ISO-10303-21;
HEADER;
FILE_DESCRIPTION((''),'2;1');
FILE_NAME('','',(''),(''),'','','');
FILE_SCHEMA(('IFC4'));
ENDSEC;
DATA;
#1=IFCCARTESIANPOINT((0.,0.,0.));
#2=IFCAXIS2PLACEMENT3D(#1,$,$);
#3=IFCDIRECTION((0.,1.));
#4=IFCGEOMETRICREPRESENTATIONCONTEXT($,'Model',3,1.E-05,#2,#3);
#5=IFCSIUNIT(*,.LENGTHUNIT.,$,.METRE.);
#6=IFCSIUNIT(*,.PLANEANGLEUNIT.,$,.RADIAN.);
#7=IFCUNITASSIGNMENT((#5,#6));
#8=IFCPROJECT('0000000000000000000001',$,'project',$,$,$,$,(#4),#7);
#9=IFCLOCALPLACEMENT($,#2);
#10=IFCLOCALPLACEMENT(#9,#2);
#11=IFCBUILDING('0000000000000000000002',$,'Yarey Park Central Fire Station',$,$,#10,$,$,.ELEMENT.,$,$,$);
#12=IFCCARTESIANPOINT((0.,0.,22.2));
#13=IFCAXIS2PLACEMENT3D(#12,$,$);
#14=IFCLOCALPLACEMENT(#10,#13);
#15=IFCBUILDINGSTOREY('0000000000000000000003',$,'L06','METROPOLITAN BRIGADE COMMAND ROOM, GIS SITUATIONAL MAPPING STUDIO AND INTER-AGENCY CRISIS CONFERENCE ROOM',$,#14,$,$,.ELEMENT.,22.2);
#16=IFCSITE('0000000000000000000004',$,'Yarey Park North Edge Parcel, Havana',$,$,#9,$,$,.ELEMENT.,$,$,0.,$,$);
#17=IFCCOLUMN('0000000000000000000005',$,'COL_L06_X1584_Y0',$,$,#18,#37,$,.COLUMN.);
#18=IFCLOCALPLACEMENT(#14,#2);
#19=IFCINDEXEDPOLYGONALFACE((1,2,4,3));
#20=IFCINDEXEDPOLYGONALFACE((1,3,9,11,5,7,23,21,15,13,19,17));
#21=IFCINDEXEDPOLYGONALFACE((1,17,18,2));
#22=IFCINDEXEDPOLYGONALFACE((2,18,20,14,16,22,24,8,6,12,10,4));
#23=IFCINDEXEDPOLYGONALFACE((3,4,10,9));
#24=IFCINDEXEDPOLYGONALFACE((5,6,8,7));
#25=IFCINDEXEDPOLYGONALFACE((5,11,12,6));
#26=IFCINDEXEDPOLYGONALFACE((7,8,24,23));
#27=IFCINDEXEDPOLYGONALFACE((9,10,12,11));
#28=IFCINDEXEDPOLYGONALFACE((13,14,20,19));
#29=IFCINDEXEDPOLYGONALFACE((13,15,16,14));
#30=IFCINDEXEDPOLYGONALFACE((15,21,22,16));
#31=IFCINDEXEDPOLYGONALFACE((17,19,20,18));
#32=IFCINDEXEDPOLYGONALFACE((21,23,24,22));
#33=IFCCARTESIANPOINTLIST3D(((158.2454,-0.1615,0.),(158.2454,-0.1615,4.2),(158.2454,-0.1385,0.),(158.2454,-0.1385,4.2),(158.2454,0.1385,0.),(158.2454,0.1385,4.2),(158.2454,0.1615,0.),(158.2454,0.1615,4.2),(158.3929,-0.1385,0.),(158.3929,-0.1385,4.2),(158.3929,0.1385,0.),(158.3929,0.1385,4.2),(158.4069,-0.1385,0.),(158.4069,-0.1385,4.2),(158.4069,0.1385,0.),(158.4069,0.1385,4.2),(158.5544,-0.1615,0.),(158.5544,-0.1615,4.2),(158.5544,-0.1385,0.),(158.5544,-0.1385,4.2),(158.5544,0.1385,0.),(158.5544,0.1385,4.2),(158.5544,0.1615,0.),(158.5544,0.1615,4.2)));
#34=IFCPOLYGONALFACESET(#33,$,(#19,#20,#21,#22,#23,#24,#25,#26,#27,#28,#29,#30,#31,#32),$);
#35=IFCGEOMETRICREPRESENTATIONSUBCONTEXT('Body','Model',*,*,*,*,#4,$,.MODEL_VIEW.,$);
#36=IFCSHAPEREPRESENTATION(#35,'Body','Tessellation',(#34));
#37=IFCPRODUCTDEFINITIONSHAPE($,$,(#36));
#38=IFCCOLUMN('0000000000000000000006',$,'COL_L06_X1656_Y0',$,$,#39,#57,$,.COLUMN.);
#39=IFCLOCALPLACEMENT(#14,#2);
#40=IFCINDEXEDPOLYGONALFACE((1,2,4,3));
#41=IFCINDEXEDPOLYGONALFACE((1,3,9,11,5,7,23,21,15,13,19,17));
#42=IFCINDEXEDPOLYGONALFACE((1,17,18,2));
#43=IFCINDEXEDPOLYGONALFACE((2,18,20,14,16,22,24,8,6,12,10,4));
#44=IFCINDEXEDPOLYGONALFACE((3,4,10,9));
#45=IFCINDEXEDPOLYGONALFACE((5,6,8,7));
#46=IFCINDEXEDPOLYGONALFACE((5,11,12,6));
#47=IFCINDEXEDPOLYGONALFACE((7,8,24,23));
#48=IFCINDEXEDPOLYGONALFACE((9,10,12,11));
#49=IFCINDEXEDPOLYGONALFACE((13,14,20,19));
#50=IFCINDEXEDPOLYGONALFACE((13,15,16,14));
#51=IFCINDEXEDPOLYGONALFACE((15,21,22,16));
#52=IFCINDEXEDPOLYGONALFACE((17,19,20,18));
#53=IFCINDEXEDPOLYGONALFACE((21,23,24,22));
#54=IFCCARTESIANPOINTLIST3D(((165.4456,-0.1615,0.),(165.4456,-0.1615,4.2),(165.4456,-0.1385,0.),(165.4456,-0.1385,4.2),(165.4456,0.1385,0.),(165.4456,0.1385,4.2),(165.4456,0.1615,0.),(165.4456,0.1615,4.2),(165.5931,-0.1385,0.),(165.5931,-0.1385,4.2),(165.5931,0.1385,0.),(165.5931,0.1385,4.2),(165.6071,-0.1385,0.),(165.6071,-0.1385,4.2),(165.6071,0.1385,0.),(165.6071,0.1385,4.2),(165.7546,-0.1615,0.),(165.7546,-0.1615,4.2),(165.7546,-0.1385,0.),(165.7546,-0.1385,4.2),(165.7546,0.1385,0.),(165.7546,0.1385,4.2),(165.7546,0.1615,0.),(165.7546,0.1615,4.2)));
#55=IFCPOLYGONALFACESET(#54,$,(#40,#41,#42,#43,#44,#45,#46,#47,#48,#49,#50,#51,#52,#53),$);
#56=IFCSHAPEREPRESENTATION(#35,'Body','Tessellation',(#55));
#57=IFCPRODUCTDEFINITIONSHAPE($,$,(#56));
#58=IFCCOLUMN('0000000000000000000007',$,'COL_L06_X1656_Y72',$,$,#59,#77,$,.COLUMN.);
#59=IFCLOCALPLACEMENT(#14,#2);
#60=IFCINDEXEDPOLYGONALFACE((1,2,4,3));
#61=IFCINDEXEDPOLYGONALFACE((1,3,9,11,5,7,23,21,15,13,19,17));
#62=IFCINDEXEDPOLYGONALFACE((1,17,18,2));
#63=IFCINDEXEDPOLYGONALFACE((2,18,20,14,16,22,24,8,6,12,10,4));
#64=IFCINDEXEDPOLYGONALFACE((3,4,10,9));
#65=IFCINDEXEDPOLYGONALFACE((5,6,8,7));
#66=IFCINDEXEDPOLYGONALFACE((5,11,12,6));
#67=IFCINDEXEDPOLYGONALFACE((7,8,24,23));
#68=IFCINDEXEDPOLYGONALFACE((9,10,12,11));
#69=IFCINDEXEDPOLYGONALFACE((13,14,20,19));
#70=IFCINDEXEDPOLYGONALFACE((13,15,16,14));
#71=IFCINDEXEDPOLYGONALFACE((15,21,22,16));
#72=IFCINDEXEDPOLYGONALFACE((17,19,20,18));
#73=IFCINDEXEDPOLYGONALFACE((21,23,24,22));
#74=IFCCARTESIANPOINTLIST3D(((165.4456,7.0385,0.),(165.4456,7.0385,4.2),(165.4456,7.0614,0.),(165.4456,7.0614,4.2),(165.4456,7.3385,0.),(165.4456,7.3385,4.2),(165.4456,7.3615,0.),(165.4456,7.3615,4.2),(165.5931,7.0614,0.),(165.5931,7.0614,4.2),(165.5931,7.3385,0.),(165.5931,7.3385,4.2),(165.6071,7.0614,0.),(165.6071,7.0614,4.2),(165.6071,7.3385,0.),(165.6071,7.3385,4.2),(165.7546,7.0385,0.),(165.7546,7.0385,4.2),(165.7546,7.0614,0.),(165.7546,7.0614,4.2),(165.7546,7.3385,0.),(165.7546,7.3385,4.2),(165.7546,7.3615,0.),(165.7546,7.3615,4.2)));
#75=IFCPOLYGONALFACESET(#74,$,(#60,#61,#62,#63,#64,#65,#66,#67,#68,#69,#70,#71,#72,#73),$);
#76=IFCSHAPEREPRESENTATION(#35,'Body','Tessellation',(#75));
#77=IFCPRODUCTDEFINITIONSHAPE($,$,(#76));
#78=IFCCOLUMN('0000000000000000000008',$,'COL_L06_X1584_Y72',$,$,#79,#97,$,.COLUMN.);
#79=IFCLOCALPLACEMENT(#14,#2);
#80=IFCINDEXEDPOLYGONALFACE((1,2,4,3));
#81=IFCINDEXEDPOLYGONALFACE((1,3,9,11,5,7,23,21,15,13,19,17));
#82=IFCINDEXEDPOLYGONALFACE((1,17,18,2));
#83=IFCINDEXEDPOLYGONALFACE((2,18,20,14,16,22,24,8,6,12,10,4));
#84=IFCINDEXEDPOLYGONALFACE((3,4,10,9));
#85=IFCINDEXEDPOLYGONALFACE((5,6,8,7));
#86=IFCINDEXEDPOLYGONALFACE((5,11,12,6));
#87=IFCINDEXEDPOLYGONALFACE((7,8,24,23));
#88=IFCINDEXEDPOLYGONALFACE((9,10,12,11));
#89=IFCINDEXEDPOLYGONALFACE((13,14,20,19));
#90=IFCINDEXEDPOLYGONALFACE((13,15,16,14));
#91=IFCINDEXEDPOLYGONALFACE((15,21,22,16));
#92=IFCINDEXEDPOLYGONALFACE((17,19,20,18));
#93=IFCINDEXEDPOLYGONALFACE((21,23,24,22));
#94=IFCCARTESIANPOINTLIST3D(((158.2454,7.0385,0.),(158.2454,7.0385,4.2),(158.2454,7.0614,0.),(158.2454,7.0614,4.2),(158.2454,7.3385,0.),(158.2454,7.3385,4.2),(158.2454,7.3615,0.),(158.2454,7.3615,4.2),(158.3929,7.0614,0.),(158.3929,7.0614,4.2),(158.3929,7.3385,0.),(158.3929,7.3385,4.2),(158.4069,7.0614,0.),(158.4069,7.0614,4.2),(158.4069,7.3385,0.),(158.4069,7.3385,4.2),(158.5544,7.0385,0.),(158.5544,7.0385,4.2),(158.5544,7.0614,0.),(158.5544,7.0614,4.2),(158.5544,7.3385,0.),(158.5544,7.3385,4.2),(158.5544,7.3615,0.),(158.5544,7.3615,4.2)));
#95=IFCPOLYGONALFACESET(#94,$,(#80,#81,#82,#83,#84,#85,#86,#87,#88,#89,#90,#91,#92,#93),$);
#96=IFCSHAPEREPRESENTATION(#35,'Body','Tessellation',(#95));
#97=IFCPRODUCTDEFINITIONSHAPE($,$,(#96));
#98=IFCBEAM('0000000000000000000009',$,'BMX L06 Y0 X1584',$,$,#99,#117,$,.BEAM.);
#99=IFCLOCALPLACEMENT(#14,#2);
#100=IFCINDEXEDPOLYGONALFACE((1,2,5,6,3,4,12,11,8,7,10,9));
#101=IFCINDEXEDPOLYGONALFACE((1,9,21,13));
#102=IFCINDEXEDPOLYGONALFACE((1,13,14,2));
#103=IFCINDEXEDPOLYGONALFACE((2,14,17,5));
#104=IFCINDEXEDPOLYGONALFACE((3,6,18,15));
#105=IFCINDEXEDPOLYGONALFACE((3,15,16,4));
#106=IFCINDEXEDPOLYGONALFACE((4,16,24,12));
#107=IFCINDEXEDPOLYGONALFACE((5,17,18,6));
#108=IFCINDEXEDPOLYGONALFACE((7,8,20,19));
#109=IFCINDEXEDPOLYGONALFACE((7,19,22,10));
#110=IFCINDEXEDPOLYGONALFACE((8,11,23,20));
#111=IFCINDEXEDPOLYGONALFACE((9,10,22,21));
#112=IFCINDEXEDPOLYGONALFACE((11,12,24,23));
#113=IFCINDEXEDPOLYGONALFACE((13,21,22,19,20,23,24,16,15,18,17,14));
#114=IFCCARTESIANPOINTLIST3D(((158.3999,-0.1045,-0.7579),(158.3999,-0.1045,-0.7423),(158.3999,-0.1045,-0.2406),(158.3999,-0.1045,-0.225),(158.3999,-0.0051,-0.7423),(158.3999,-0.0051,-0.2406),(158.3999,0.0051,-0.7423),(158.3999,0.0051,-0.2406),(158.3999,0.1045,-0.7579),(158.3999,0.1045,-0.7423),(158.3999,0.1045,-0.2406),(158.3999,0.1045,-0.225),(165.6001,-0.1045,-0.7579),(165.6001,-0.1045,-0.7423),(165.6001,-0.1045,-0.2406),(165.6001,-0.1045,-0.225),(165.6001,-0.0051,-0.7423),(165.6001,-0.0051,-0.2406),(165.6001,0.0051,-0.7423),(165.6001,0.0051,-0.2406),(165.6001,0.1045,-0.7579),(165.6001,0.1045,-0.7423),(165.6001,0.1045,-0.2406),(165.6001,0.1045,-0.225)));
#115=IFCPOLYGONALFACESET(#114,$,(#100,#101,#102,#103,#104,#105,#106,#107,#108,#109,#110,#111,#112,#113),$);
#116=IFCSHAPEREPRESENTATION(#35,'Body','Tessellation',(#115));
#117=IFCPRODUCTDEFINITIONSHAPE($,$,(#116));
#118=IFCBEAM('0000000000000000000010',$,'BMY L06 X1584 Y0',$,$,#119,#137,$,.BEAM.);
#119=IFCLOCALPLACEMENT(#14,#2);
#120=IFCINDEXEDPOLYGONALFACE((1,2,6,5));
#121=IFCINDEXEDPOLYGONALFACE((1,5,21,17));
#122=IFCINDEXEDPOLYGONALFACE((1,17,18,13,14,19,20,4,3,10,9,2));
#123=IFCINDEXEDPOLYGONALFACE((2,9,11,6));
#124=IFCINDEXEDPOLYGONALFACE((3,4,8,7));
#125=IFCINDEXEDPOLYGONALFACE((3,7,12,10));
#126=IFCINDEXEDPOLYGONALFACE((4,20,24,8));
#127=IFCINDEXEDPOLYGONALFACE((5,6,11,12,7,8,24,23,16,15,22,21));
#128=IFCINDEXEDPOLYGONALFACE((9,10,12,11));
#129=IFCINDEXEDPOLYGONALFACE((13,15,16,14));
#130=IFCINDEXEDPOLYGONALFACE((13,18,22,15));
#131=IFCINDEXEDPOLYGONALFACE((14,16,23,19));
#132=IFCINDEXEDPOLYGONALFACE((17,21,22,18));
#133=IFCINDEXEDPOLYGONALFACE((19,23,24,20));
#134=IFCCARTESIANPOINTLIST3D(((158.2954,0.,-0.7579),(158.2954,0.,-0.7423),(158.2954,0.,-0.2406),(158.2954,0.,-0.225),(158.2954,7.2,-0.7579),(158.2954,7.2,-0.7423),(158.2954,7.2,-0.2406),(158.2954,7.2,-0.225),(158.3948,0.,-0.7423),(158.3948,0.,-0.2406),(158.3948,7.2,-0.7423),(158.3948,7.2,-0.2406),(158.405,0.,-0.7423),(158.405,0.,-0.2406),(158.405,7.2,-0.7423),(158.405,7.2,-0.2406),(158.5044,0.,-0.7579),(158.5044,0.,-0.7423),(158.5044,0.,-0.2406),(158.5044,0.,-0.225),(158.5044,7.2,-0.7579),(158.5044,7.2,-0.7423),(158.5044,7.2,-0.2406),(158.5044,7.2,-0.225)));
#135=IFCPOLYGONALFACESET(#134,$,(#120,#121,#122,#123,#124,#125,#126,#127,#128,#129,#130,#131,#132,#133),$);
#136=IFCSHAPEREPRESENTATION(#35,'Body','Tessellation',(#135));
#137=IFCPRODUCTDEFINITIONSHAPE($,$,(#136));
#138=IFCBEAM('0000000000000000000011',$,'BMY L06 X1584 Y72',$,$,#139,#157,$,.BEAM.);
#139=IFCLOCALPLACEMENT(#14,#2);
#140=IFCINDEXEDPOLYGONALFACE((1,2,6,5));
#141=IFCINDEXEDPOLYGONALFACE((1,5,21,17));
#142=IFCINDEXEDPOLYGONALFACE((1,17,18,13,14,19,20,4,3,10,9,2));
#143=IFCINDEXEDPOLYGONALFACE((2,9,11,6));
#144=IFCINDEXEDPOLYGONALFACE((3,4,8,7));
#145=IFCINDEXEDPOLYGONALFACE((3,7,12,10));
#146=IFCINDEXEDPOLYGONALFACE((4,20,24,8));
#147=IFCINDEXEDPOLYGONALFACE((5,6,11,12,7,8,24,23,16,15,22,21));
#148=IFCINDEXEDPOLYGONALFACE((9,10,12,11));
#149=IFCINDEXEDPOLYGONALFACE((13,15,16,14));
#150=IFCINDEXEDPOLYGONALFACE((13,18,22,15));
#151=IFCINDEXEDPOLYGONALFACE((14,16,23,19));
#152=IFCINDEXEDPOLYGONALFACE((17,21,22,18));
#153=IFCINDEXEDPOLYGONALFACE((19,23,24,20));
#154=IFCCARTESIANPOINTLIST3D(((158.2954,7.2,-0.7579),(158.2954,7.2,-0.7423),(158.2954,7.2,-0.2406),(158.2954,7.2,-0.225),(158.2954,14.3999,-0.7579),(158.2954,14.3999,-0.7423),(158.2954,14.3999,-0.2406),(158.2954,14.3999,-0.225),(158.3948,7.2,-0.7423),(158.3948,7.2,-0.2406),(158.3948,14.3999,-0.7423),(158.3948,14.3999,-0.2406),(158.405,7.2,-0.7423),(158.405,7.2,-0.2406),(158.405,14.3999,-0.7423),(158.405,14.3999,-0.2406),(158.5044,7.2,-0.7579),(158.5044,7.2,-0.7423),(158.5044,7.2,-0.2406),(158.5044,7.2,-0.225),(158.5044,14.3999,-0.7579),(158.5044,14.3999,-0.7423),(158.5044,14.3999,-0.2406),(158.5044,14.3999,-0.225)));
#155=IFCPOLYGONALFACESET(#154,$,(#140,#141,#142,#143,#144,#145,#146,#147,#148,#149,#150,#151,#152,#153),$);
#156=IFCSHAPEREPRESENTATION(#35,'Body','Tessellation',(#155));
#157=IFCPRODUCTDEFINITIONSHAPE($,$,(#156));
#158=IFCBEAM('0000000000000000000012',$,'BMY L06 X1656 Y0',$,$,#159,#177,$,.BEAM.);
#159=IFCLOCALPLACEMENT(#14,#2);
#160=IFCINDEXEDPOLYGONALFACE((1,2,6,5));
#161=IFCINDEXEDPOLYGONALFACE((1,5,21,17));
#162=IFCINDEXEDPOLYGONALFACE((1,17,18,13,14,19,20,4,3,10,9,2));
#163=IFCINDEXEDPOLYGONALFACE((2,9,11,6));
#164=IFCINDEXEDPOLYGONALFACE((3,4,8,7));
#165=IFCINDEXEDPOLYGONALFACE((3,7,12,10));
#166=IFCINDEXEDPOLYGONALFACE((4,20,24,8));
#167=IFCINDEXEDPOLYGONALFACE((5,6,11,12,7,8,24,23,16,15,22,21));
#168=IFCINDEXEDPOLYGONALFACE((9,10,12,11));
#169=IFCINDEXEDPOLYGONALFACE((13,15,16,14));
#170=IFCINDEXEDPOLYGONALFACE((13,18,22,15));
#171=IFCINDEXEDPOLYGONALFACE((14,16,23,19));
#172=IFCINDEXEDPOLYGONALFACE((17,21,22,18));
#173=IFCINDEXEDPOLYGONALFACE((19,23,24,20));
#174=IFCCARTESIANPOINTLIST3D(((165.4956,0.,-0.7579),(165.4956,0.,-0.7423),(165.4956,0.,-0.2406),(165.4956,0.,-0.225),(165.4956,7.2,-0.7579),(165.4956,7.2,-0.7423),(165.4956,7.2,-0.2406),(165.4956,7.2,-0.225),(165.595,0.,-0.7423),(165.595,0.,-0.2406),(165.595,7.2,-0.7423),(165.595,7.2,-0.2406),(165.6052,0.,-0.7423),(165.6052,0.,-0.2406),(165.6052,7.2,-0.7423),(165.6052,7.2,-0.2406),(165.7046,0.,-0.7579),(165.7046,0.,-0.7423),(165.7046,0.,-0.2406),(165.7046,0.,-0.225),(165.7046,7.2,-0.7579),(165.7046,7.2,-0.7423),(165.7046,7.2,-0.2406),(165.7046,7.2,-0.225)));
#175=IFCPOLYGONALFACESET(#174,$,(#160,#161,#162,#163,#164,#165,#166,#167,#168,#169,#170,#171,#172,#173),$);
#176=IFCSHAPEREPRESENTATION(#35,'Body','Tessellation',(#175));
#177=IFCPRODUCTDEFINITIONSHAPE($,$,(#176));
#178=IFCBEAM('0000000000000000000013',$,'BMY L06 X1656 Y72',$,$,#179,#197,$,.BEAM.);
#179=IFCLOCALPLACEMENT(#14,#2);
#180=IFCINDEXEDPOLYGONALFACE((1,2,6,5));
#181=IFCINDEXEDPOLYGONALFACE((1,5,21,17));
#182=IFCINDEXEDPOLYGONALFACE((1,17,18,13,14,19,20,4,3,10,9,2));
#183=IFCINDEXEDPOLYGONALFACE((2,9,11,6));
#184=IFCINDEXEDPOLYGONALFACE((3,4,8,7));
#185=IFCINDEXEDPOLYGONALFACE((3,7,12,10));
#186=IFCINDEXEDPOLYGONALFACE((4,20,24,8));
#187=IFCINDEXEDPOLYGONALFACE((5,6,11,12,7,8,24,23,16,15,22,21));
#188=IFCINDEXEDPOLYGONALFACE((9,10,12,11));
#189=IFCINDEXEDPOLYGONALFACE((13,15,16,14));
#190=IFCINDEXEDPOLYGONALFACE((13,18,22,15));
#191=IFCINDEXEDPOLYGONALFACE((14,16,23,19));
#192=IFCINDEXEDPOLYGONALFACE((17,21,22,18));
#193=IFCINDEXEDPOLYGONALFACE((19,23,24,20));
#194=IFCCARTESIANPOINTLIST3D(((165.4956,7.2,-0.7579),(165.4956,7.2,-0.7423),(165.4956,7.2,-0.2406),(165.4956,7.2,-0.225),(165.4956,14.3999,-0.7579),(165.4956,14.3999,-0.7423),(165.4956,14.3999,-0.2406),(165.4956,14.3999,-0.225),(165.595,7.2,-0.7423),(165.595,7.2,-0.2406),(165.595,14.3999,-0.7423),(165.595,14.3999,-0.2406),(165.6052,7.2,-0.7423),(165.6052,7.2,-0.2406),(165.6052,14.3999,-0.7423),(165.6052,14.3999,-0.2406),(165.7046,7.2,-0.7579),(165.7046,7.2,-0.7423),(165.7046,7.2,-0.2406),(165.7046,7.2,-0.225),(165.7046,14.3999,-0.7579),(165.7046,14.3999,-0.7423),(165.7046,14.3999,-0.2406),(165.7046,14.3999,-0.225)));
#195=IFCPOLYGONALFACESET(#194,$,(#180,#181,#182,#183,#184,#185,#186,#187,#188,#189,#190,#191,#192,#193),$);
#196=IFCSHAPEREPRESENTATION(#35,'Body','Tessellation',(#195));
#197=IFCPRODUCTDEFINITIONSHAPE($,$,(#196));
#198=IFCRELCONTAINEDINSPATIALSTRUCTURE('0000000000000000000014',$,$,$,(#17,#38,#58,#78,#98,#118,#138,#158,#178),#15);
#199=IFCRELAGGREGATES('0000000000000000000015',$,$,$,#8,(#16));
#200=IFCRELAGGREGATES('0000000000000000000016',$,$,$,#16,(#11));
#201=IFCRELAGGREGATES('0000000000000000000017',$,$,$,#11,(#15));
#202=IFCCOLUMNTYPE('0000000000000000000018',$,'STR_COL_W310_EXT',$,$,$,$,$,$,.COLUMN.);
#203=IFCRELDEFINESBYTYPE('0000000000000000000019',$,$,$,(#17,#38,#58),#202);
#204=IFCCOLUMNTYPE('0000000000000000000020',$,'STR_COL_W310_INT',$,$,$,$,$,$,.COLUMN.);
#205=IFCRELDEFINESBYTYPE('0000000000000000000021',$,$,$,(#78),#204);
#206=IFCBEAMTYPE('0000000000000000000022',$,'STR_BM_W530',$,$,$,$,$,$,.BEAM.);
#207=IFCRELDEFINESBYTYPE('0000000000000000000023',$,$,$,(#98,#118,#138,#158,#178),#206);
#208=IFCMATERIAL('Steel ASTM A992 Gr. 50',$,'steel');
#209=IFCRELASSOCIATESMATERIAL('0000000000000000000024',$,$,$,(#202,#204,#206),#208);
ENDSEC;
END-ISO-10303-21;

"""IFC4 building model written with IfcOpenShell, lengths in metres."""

from ifc_helpers import new_model, si_unit, direction, frame, origin, origin_2d, place, context, subcontext, project, spatial, i_section, extrude, material, material_profile, profile_set, type_object, element, save


model = new_model("IFC4")

# Units and contexts
model_context = context("Model", 3, precision=1e-05, world=origin(), true_north=direction((0.0, 1.0)))
body_context = subcontext(model_context, "Body", "Model", "MODEL_VIEW")
ifc_project = project(units=[si_unit("LENGTHUNIT", "METRE"), si_unit("PLANEANGLEUNIT", "RADIAN")], contexts=[model_context])

# Site, building, storey
site_placement = place(None, origin())
site = spatial("IfcSite", under=ifc_project, at=site_placement, Name="Yarey Park North Edge Parcel, Havana", CompositionType="ELEMENT", RefElevation=0.0)
building_placement = place(site_placement, origin())
building = spatial("IfcBuilding", under=site, at=building_placement, Name="Yarey Park Central Fire Station", CompositionType="ELEMENT")
storey_placement = place(building_placement, frame((0.0, 0.0, 22.2)))
storey = spatial("IfcBuildingStorey", under=building, at=storey_placement, Name="L06", Description="METROPOLITAN BRIGADE COMMAND ROOM, GIS SITUATIONAL MAPPING STUDIO AND INTER-AGENCY CRISIS CONFERENCE ROOM", CompositionType="ELEMENT", Elevation=22.2)

# Columns
ifc_material_1 = material(Name="Steel ASTM A992 Gr. 50", Category="steel")
ifc_material_profile_1 = material_profile(ifc_material_1, i_section(OverallWidth=0.3091, OverallDepth=0.323, WebThickness=0.0139, FlangeThickness=0.0229, at=origin_2d()), Name="W310x143")
ifc_profile_set_1 = profile_set([ifc_material_profile_1], Name="Steel ASTM A992 Gr. 50")
column_type_1 = type_object("IfcColumnType", Name="STR_COL_W310_EXT", PredefinedType="COLUMN", material=ifc_profile_set_1)
for number, where, z_axis, x_axis, name in (
    (1, (158.3999, 0.0, 0.0), (0.0, 0.0, 1.0), (1.0, 0.0, 0.0), "COL_L06_X1584_Y0"),
    (2, (165.6001, 0.0, 0.0), (0.0, 0.0, 1.0), (1.0, 0.0, 0.0), "COL_L06_X1656_Y0"),
    (3, (165.6001, 7.2, 0.0), (0.0, 0.0, 1.0), (1.0, 0.0, 0.0), "COL_L06_X1656_Y72"),
):
    element("IfcColumn", number, at=place(storey_placement, frame(where, z_axis=z_axis, x_axis=x_axis)), inside=storey, type_object=column_type_1, Name=name, PredefinedType="COLUMN", context=body_context, shape_type="SweptSolid", body=[
        extrude(i_section(OverallWidth=0.3091, OverallDepth=0.323, WebThickness=0.0139, FlangeThickness=0.0229, at=origin_2d()), origin(), (0.0, 0.0, 1.0), 4.2),
    ])
ifc_material_profile_2 = material_profile(ifc_material_1, i_section(OverallWidth=0.3091, OverallDepth=0.323, WebThickness=0.0139, FlangeThickness=0.0229, at=origin_2d()), Name="W310x143")
ifc_profile_set_2 = profile_set([ifc_material_profile_2], Name="Steel ASTM A992 Gr. 50")
column_type_2 = type_object("IfcColumnType", Name="STR_COL_W310_INT", PredefinedType="COLUMN", material=ifc_profile_set_2)
column_placement = place(storey_placement, frame((158.3999, 7.2, 0.0), z_axis=(0.0, 0.0, 1.0), x_axis=(1.0, 0.0, 0.0)))
element("IfcColumn", 4, at=column_placement, inside=storey, type_object=column_type_2, Name="COL_L06_X1584_Y72", PredefinedType="COLUMN", context=body_context, shape_type="SweptSolid", body=[
    extrude(i_section(OverallWidth=0.3091, OverallDepth=0.323, WebThickness=0.0139, FlangeThickness=0.0229, at=origin_2d()), origin(), (0.0, 0.0, 1.0), 4.2),
])

# Beams
ifc_material_profile_3 = material_profile(ifc_material_1, i_section(OverallWidth=0.209, OverallDepth=0.533, WebThickness=0.0103, FlangeThickness=0.0156, at=origin_2d()), Name="W530x92")
ifc_profile_set_3 = profile_set([ifc_material_profile_3], Name="Steel ASTM A992 Gr. 50")
beam_type = type_object("IfcBeamType", Name="STR_BM_W530", PredefinedType="BEAM", material=ifc_profile_set_3)
beam_placement = place(storey_placement, frame((158.3999, 0.0, -0.4915), z_axis=(1.0, 0.0, 0.0), x_axis=(0.0, 1.0, 0.0)))
element("IfcBeam", 5, at=beam_placement, inside=storey, type_object=beam_type, Name="BMX L06 Y0 X1584", PredefinedType="BEAM", context=body_context, shape_type="SweptSolid", body=[
    extrude(i_section(OverallWidth=0.209, OverallDepth=0.533, WebThickness=0.0103, FlangeThickness=0.0156, at=origin_2d()), origin(), (0.0, 0.0, 1.0), 7.2002),
])
for number, where, z_axis, x_axis, name in (
    (6, (158.3999, 0.0, -0.4915), (0.0, 1.0, 0.0), (-1.0, 0.0, 0.0), "BMY L06 X1584 Y0"),
    (7, (158.3999, 7.2, -0.4915), (0.0, 1.0, 0.0), (-1.0, 0.0, 0.0), "BMY L06 X1584 Y72"),
    (8, (165.6001, 0.0, -0.4915), (0.0, 1.0, 0.0), (-1.0, 0.0, 0.0), "BMY L06 X1656 Y0"),
    (9, (165.6001, 7.2, -0.4915), (0.0, 1.0, 0.0), (-1.0, 0.0, 0.0), "BMY L06 X1656 Y72"),
):
    element("IfcBeam", number, at=place(storey_placement, frame(where, z_axis=z_axis, x_axis=x_axis)), inside=storey, type_object=beam_type, Name=name, PredefinedType="BEAM", context=body_context, shape_type="SweptSolid", body=[
        extrude(i_section(OverallWidth=0.209, OverallDepth=0.533, WebThickness=0.0103, FlangeThickness=0.0156, at=origin_2d()), origin(), (0.0, 0.0, 1.0), 7.2),
    ])

save(model, "model.ifc")
